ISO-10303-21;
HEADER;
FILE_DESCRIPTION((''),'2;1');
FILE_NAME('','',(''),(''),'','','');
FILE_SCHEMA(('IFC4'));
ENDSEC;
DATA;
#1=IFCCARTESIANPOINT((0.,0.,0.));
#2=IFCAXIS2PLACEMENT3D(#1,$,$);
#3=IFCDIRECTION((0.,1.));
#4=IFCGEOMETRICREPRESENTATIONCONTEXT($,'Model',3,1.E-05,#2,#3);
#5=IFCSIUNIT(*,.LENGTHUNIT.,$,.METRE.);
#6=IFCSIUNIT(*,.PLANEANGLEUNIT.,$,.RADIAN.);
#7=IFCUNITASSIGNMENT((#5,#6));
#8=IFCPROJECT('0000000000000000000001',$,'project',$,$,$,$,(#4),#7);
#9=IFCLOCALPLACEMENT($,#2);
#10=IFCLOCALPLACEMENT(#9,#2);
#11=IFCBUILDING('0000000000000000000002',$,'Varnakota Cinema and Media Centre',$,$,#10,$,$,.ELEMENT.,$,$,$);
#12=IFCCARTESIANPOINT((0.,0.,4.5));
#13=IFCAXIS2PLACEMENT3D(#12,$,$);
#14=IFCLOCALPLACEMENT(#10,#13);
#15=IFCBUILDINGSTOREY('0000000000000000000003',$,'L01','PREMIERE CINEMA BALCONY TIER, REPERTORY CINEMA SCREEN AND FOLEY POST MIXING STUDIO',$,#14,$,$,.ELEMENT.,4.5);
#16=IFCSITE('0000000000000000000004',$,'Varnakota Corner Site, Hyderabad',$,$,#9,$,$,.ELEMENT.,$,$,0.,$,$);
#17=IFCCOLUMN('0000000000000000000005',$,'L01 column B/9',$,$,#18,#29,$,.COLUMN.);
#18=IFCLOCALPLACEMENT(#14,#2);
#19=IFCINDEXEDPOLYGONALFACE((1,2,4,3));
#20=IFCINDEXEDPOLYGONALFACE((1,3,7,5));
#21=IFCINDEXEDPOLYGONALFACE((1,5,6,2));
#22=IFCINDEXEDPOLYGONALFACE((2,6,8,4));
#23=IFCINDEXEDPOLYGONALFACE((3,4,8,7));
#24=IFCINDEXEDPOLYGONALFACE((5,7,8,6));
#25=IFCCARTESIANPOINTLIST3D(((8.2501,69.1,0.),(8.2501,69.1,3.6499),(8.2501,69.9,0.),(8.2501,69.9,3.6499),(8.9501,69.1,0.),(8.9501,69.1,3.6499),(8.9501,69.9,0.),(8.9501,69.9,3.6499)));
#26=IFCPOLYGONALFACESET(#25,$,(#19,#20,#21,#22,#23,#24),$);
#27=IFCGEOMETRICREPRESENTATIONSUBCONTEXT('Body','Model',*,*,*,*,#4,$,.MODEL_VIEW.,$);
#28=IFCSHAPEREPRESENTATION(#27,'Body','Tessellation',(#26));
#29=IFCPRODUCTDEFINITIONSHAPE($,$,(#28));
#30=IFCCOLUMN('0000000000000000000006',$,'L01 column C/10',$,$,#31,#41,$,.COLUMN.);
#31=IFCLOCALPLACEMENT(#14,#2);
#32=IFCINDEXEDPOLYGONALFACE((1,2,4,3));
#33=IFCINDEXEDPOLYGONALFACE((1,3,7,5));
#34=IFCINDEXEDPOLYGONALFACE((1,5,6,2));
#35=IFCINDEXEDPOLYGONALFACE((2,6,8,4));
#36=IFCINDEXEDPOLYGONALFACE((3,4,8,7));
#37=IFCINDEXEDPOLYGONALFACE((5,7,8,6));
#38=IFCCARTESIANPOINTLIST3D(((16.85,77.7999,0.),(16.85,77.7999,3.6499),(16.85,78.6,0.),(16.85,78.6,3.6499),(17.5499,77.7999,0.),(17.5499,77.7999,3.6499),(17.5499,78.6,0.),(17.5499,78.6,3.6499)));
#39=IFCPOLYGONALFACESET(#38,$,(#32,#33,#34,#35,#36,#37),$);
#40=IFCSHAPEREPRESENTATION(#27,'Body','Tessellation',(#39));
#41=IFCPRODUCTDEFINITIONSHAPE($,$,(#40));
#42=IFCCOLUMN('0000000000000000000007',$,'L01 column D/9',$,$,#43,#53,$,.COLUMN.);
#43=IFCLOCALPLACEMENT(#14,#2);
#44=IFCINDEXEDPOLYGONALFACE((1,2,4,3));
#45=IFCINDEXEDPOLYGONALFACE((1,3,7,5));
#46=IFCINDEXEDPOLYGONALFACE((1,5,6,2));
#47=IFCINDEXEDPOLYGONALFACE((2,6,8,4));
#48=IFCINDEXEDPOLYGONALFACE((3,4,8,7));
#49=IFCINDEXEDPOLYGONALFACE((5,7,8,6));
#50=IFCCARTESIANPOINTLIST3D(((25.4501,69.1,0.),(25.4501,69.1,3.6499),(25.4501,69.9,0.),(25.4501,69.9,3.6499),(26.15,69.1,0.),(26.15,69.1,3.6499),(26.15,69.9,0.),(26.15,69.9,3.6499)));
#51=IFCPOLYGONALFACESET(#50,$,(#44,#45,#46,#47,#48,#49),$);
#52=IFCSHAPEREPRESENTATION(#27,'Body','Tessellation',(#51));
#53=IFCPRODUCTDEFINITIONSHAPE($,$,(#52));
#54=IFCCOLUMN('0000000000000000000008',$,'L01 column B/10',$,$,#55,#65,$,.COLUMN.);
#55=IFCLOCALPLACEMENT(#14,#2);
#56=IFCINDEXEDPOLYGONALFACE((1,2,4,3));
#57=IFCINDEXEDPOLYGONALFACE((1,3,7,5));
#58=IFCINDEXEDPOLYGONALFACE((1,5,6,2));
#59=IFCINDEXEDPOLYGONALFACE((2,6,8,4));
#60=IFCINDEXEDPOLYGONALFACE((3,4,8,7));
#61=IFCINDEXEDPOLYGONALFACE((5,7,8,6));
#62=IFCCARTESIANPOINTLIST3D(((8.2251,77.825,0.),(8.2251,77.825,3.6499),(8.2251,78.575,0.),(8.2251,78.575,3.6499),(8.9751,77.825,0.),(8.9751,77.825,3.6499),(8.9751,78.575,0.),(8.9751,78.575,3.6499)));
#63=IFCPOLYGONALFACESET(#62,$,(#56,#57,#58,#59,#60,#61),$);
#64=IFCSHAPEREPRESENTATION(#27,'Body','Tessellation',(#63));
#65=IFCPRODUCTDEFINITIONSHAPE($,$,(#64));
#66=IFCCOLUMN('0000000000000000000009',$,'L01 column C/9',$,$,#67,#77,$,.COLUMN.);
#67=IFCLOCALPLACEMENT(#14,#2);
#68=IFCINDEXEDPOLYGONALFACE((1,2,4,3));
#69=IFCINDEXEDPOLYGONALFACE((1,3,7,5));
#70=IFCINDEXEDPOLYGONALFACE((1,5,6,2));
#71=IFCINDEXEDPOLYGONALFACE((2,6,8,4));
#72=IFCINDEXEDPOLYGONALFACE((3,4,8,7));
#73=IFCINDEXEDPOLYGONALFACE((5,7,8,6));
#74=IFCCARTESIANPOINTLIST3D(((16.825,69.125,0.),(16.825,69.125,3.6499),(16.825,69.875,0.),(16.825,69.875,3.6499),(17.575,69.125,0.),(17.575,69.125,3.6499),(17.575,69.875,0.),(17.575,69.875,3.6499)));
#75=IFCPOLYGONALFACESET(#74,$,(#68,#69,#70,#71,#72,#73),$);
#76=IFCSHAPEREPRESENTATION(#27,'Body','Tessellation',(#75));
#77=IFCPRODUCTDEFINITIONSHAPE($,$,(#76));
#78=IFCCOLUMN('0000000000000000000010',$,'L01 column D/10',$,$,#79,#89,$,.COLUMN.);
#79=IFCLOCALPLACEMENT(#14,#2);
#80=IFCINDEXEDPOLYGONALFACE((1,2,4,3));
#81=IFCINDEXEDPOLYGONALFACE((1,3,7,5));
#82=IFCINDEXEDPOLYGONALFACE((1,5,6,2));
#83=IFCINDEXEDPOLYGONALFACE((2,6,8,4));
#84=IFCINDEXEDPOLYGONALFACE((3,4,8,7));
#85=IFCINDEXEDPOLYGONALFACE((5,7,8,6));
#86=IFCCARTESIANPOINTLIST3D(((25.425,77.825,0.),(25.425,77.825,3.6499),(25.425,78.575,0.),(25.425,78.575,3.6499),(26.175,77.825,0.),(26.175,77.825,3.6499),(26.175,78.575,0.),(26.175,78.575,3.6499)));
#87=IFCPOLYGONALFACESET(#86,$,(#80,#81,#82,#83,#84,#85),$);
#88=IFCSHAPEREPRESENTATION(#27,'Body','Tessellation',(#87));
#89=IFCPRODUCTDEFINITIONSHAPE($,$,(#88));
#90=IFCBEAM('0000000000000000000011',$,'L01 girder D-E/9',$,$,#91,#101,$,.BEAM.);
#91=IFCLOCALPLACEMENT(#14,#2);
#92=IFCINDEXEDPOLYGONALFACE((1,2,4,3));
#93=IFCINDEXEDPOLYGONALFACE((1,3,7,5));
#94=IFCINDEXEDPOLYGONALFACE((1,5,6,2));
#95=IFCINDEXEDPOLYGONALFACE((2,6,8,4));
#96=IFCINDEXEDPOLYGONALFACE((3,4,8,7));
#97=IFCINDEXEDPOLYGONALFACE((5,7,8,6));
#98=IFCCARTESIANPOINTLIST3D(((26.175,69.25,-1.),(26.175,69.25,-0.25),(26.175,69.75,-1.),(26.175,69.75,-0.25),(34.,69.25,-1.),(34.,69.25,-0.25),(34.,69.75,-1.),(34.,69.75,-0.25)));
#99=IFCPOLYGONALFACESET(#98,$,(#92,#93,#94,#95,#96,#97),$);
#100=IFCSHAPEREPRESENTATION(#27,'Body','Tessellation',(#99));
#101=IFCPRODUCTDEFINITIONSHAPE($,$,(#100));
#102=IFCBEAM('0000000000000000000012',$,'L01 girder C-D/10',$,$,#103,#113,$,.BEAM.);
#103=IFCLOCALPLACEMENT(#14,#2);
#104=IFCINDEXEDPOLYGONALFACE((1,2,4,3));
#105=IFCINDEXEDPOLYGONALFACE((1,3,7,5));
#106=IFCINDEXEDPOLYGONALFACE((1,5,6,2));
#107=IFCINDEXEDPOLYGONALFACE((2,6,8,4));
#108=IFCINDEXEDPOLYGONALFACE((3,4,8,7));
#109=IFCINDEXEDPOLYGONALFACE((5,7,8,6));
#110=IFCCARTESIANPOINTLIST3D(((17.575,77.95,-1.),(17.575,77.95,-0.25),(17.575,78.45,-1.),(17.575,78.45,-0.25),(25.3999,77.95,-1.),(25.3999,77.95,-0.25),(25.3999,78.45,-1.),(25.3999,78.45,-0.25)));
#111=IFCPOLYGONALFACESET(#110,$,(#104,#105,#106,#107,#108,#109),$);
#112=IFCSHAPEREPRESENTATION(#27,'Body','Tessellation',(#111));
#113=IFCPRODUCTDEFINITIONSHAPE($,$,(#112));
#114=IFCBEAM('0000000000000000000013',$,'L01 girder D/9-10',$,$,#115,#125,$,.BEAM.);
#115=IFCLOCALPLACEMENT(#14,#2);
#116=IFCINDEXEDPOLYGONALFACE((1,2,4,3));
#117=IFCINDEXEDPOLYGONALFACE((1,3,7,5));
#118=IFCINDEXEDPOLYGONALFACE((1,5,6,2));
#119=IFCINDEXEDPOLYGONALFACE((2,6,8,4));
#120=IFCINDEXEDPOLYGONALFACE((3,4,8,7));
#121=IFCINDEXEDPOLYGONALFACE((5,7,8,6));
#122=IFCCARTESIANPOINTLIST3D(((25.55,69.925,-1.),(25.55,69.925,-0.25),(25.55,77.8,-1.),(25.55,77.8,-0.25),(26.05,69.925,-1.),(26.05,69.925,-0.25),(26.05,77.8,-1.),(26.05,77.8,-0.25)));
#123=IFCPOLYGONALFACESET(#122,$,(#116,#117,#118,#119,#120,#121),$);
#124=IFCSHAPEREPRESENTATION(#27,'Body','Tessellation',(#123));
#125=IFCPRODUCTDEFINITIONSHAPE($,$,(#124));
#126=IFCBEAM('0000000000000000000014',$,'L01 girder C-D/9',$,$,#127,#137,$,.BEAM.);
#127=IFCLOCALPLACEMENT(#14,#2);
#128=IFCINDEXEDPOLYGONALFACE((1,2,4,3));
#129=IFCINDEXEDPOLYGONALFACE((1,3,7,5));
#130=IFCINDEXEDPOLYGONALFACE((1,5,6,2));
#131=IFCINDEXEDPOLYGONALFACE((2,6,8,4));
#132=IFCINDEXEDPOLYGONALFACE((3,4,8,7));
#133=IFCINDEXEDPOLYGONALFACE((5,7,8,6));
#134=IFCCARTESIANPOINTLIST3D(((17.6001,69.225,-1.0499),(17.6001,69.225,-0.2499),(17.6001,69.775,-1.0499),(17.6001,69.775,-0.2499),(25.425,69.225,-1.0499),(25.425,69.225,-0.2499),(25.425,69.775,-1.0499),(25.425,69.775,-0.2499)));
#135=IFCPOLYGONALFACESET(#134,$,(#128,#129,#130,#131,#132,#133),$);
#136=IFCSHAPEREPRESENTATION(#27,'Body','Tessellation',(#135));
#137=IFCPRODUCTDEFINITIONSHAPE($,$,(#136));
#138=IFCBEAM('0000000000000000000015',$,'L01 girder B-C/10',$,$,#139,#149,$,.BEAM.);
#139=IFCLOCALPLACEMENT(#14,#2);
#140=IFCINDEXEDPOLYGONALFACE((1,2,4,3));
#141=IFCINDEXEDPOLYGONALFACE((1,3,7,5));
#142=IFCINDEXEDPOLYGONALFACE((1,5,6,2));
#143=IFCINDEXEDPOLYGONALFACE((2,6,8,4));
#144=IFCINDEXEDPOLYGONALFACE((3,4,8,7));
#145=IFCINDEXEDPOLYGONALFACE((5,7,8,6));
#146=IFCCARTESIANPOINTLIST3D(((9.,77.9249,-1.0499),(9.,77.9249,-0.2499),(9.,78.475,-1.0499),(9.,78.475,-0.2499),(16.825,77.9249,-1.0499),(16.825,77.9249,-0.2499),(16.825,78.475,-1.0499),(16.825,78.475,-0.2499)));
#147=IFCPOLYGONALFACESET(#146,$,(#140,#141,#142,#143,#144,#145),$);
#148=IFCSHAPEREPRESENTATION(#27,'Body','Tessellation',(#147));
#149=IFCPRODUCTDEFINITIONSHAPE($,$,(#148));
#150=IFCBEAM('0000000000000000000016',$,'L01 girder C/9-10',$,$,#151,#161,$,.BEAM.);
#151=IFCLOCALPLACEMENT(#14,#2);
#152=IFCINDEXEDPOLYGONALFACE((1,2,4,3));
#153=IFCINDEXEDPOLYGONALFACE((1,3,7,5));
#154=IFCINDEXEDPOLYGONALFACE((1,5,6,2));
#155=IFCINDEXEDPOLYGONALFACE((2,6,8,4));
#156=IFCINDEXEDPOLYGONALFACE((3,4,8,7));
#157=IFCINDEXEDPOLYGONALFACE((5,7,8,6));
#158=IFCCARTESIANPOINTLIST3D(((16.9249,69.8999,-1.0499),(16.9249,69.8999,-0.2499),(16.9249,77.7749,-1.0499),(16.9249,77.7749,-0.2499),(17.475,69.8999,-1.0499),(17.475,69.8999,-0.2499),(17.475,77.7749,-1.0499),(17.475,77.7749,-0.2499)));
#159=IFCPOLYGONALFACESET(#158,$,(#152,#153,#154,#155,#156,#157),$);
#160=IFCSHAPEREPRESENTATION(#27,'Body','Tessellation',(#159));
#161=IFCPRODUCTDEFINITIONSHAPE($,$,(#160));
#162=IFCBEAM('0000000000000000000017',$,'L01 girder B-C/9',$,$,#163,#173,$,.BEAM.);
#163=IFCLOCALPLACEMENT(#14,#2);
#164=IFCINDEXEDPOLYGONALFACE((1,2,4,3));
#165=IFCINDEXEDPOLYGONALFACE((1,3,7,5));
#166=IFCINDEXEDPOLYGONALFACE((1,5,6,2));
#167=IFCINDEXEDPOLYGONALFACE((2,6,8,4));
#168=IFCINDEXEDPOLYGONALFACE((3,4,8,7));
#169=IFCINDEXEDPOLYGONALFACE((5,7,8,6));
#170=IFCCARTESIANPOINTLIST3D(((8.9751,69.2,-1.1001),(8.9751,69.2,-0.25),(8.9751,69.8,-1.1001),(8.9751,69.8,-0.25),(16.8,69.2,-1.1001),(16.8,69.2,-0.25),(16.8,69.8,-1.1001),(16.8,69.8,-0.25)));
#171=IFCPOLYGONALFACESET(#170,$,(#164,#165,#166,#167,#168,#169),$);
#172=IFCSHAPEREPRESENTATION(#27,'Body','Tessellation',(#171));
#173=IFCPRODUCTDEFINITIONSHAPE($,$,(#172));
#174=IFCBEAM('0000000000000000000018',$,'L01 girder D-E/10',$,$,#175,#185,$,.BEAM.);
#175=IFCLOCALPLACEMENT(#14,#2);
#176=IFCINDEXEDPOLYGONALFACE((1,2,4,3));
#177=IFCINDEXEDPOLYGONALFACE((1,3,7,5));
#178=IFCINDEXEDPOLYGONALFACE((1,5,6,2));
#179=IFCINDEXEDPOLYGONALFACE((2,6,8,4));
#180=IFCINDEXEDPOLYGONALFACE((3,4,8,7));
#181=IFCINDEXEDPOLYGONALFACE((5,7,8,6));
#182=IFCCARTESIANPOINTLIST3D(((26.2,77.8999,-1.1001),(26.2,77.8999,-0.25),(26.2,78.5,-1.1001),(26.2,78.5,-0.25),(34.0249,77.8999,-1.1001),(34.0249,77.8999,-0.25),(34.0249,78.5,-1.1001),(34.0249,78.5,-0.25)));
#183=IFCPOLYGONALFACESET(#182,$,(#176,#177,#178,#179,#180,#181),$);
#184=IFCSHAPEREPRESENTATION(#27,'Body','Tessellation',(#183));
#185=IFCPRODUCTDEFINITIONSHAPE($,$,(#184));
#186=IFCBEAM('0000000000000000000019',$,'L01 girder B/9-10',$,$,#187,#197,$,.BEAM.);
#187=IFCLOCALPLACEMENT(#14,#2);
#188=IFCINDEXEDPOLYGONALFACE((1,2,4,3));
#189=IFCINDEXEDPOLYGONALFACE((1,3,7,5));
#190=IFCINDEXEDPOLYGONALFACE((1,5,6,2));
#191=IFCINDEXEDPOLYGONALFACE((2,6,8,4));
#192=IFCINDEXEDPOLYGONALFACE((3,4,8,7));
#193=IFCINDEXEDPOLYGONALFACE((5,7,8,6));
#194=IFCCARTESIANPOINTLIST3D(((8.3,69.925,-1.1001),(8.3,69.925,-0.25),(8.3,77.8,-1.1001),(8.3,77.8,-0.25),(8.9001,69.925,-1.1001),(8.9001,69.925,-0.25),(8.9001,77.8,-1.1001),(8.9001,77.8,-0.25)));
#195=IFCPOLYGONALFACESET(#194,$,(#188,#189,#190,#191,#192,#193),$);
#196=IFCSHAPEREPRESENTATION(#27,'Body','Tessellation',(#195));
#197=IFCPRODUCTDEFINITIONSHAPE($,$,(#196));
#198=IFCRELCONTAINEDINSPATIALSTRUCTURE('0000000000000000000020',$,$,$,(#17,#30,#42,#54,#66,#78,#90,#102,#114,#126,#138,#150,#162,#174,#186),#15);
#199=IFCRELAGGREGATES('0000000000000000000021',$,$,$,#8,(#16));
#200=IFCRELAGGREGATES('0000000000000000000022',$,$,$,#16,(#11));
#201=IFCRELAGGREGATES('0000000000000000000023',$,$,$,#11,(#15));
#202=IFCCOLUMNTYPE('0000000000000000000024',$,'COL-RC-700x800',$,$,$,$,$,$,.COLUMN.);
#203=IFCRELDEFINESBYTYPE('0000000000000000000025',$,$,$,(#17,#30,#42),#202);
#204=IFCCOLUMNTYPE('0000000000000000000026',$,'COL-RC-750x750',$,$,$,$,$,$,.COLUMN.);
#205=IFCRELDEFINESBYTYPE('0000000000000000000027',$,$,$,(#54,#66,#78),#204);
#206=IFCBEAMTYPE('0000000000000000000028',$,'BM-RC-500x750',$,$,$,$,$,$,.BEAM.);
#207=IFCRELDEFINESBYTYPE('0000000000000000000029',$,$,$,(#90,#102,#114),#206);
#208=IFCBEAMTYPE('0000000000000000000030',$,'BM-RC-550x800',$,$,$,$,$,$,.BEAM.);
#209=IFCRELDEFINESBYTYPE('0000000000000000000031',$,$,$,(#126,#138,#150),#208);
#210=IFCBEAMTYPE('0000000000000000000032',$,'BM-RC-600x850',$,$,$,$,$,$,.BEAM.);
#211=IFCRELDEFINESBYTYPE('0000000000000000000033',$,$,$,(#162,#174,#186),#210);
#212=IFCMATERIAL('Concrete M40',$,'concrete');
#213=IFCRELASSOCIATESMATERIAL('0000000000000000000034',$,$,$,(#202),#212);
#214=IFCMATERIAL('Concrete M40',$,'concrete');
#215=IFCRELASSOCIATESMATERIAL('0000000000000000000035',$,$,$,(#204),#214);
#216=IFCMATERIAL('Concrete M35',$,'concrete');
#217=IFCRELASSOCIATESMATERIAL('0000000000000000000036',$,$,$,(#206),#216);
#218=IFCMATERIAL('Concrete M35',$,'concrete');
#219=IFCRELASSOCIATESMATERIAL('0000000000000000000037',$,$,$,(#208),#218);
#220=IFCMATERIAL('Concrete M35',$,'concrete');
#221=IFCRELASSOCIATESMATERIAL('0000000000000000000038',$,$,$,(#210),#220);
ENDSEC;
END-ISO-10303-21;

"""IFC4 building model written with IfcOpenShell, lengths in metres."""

from ifc_helpers import new_model, si_unit, direction, frame, origin, origin_2d, place, context, subcontext, project, spatial, rectangle, extrude, material, material_profile, profile_set, type_object, element, save


model = new_model("IFC4")

# Units and contexts
model_context = context("Model", 3, precision=1e-05, world=origin(), true_north=direction((0.0, 1.0)))
body_context = subcontext(model_context, "Body", "Model", "MODEL_VIEW")
ifc_project = project(units=[si_unit("LENGTHUNIT", "METRE"), si_unit("PLANEANGLEUNIT", "RADIAN")], contexts=[model_context])

# Site, building, storey
site_placement = place(None, origin())
site = spatial("IfcSite", under=ifc_project, at=site_placement, Name="Varnakota Corner Site, Hyderabad", CompositionType="ELEMENT", RefElevation=0.0)
building_placement = place(site_placement, origin())
building = spatial("IfcBuilding", under=site, at=building_placement, Name="Varnakota Cinema and Media Centre", CompositionType="ELEMENT")
storey_placement = place(building_placement, frame((0.0, 0.0, 4.5)))
storey = spatial("IfcBuildingStorey", under=building, at=storey_placement, Name="L01", Description="PREMIERE CINEMA BALCONY TIER, REPERTORY CINEMA SCREEN AND FOLEY POST MIXING STUDIO", CompositionType="ELEMENT", Elevation=4.5)

# Columns
ifc_material_1 = material(Name="Concrete M40", Category="concrete")
ifc_material_profile_1 = material_profile(ifc_material_1, rectangle(XDim=0.7, YDim=0.8, at=origin_2d()), Name="RC 700x800")
ifc_profile_set_1 = profile_set([ifc_material_profile_1], Name="Concrete M40")
column_type_1 = type_object("IfcColumnType", Name="COL-RC-700x800", PredefinedType="COLUMN", material=ifc_profile_set_1)
for number, where, z_axis, x_axis, name in (
    (1, (8.6001, 69.5, 0.0), (0.0, 0.0, 1.0), (1.0, 0.0, 0.0), "L01 column B/9"),
    (2, (17.2, 78.2, 0.0), (0.0, 0.0, 1.0), (1.0, 0.0, 0.0), "L01 column C/10"),
    (3, (25.8, 69.5, 0.0), (0.0, 0.0, 1.0), (1.0, 0.0, 0.0), "L01 column D/9"),
):
    element("IfcColumn", number, at=place(storey_placement, frame(where, z_axis=z_axis, x_axis=x_axis)), inside=storey, type_object=column_type_1, Name=name, PredefinedType="COLUMN", context=body_context, shape_type="SweptSolid", body=[
        extrude(rectangle(XDim=0.7, YDim=0.8, at=origin_2d()), origin(), (0.0, 0.0, 1.0), 3.6499),
    ])
ifc_material_2 = material(Name="Concrete M40", Category="concrete")
ifc_material_profile_2 = material_profile(ifc_material_2, rectangle(XDim=0.75, YDim=0.75, at=origin_2d()), Name="RC 750x750")
ifc_profile_set_2 = profile_set([ifc_material_profile_2], Name="Concrete M40")
column_type_2 = type_object("IfcColumnType", Name="COL-RC-750x750", PredefinedType="COLUMN", material=ifc_profile_set_2)
for number, where, z_axis, x_axis, name in (
    (4, (8.6001, 78.2, 0.0), (0.0, 0.0, 1.0), (1.0, 0.0, 0.0), "L01 column B/10"),
    (5, (17.2, 69.5, 0.0), (0.0, 0.0, 1.0), (1.0, 0.0, 0.0), "L01 column C/9"),
    (6, (25.8, 78.2, 0.0), (0.0, 0.0, 1.0), (1.0, 0.0, 0.0), "L01 column D/10"),
):
    element("IfcColumn", number, at=place(storey_placement, frame(where, z_axis=z_axis, x_axis=x_axis)), inside=storey, type_object=column_type_2, Name=name, PredefinedType="COLUMN", context=body_context, shape_type="SweptSolid", body=[
        extrude(rectangle(XDim=0.75, YDim=0.75, at=origin_2d()), origin(), (0.0, 0.0, 1.0), 3.6499),
    ])

# Beams
ifc_material_3 = material(Name="Concrete M35", Category="concrete")
ifc_material_profile_3 = material_profile(ifc_material_3, rectangle(XDim=0.5, YDim=0.75, at=origin_2d()), Name="RCB 500x750")
ifc_profile_set_3 = profile_set([ifc_material_profile_3], Name="Concrete M35")
beam_type_1 = type_object("IfcBeamType", Name="BM-RC-500x750", PredefinedType="BEAM", material=ifc_profile_set_3)
for number, where, z_axis, x_axis, name in (
    (7, (26.175, 69.5, -0.625), (1.0, 0.0, 0.0), (0.0, 1.0, 0.0), "L01 girder D-E/9"),
    (8, (17.575, 78.2, -0.625), (1.0, 0.0, 0.0), (0.0, 1.0, 0.0), "L01 girder C-D/10"),
):
    element("IfcBeam", number, at=place(storey_placement, frame(where, z_axis=z_axis, x_axis=x_axis)), inside=storey, type_object=beam_type_1, Name=name, PredefinedType="BEAM", context=body_context, shape_type="SweptSolid", body=[
        extrude(rectangle(XDim=0.5, YDim=0.75, at=origin_2d()), origin(), (0.0, 0.0, 1.0), 7.825),
    ])
beam_1_placement = place(storey_placement, frame((25.8, 69.925, -0.625), z_axis=(0.0, 1.0, 0.0), x_axis=(-1.0, 0.0, 0.0)))
element("IfcBeam", 9, at=beam_1_placement, inside=storey, type_object=beam_type_1, Name="L01 girder D/9-10", PredefinedType="BEAM", context=body_context, shape_type="SweptSolid", body=[
    extrude(rectangle(XDim=0.5, YDim=0.75, at=origin_2d()), origin(), (0.0, 0.0, 1.0), 7.875),
])
ifc_material_4 = material(Name="Concrete M35", Category="concrete")
ifc_material_profile_4 = material_profile(ifc_material_4, rectangle(XDim=0.55, YDim=0.8, at=origin_2d()), Name="RCB 550x800")
ifc_profile_set_4 = profile_set([ifc_material_profile_4], Name="Concrete M35")
beam_type_2 = type_object("IfcBeamType", Name="BM-RC-550x800", PredefinedType="BEAM", material=ifc_profile_set_4)
for number, where, z_axis, x_axis, name in (
    (10, (17.6001, 69.5, -0.6499), (1.0, 0.0, 0.0), (0.0, 1.0, 0.0), "L01 girder C-D/9"),
    (11, (9.0, 78.2, -0.6499), (1.0, 0.0, 0.0), (0.0, 1.0, 0.0), "L01 girder B-C/10"),
):
    element("IfcBeam", number, at=place(storey_placement, frame(where, z_axis=z_axis, x_axis=x_axis)), inside=storey, type_object=beam_type_2, Name=name, PredefinedType="BEAM", context=body_context, shape_type="SweptSolid", body=[
        extrude(rectangle(XDim=0.55, YDim=0.8, at=origin_2d()), origin(), (0.0, 0.0, 1.0), 7.825),
    ])
beam_2_placement = place(storey_placement, frame((17.2, 69.8999, -0.6499), z_axis=(0.0, 1.0, 0.0), x_axis=(-1.0, 0.0, 0.0)))
element("IfcBeam", 12, at=beam_2_placement, inside=storey, type_object=beam_type_2, Name="L01 girder C/9-10", PredefinedType="BEAM", context=body_context, shape_type="SweptSolid", body=[
    extrude(rectangle(XDim=0.55, YDim=0.8, at=origin_2d()), origin(), (0.0, 0.0, 1.0), 7.875),
])
ifc_material_5 = material(Name="Concrete M35", Category="concrete")
ifc_material_profile_5 = material_profile(ifc_material_5, rectangle(XDim=0.6001, YDim=0.8501, at=origin_2d()), Name="RCB 600x850")
ifc_profile_set_5 = profile_set([ifc_material_profile_5], Name="Concrete M35")
beam_type_3 = type_object("IfcBeamType", Name="BM-RC-600x850", PredefinedType="BEAM", material=ifc_profile_set_5)
for number, where, z_axis, x_axis, name in (
    (13, (8.9751, 69.5, -0.675), (1.0, 0.0, 0.0), (0.0, 1.0, 0.0), "L01 girder B-C/9"),
    (14, (26.2, 78.2, -0.675), (1.0, 0.0, 0.0), (0.0, 1.0, 0.0), "L01 girder D-E/10"),
):
    element("IfcBeam", number, at=place(storey_placement, frame(where, z_axis=z_axis, x_axis=x_axis)), inside=storey, type_object=beam_type_3, Name=name, PredefinedType="BEAM", context=body_context, shape_type="SweptSolid", body=[
        extrude(rectangle(XDim=0.6001, YDim=0.8501, at=origin_2d()), origin(), (0.0, 0.0, 1.0), 7.825),
    ])
beam_3_placement = place(storey_placement, frame((8.6001, 69.925, -0.675), z_axis=(0.0, 1.0, 0.0), x_axis=(-1.0, 0.0, 0.0)))
element("IfcBeam", 15, at=beam_3_placement, inside=storey, type_object=beam_type_3, Name="L01 girder B/9-10", PredefinedType="BEAM", context=body_context, shape_type="SweptSolid", body=[
    extrude(rectangle(XDim=0.6001, YDim=0.8501, at=origin_2d()), origin(), (0.0, 0.0, 1.0), 7.875),
])

save(model, "model.ifc")
